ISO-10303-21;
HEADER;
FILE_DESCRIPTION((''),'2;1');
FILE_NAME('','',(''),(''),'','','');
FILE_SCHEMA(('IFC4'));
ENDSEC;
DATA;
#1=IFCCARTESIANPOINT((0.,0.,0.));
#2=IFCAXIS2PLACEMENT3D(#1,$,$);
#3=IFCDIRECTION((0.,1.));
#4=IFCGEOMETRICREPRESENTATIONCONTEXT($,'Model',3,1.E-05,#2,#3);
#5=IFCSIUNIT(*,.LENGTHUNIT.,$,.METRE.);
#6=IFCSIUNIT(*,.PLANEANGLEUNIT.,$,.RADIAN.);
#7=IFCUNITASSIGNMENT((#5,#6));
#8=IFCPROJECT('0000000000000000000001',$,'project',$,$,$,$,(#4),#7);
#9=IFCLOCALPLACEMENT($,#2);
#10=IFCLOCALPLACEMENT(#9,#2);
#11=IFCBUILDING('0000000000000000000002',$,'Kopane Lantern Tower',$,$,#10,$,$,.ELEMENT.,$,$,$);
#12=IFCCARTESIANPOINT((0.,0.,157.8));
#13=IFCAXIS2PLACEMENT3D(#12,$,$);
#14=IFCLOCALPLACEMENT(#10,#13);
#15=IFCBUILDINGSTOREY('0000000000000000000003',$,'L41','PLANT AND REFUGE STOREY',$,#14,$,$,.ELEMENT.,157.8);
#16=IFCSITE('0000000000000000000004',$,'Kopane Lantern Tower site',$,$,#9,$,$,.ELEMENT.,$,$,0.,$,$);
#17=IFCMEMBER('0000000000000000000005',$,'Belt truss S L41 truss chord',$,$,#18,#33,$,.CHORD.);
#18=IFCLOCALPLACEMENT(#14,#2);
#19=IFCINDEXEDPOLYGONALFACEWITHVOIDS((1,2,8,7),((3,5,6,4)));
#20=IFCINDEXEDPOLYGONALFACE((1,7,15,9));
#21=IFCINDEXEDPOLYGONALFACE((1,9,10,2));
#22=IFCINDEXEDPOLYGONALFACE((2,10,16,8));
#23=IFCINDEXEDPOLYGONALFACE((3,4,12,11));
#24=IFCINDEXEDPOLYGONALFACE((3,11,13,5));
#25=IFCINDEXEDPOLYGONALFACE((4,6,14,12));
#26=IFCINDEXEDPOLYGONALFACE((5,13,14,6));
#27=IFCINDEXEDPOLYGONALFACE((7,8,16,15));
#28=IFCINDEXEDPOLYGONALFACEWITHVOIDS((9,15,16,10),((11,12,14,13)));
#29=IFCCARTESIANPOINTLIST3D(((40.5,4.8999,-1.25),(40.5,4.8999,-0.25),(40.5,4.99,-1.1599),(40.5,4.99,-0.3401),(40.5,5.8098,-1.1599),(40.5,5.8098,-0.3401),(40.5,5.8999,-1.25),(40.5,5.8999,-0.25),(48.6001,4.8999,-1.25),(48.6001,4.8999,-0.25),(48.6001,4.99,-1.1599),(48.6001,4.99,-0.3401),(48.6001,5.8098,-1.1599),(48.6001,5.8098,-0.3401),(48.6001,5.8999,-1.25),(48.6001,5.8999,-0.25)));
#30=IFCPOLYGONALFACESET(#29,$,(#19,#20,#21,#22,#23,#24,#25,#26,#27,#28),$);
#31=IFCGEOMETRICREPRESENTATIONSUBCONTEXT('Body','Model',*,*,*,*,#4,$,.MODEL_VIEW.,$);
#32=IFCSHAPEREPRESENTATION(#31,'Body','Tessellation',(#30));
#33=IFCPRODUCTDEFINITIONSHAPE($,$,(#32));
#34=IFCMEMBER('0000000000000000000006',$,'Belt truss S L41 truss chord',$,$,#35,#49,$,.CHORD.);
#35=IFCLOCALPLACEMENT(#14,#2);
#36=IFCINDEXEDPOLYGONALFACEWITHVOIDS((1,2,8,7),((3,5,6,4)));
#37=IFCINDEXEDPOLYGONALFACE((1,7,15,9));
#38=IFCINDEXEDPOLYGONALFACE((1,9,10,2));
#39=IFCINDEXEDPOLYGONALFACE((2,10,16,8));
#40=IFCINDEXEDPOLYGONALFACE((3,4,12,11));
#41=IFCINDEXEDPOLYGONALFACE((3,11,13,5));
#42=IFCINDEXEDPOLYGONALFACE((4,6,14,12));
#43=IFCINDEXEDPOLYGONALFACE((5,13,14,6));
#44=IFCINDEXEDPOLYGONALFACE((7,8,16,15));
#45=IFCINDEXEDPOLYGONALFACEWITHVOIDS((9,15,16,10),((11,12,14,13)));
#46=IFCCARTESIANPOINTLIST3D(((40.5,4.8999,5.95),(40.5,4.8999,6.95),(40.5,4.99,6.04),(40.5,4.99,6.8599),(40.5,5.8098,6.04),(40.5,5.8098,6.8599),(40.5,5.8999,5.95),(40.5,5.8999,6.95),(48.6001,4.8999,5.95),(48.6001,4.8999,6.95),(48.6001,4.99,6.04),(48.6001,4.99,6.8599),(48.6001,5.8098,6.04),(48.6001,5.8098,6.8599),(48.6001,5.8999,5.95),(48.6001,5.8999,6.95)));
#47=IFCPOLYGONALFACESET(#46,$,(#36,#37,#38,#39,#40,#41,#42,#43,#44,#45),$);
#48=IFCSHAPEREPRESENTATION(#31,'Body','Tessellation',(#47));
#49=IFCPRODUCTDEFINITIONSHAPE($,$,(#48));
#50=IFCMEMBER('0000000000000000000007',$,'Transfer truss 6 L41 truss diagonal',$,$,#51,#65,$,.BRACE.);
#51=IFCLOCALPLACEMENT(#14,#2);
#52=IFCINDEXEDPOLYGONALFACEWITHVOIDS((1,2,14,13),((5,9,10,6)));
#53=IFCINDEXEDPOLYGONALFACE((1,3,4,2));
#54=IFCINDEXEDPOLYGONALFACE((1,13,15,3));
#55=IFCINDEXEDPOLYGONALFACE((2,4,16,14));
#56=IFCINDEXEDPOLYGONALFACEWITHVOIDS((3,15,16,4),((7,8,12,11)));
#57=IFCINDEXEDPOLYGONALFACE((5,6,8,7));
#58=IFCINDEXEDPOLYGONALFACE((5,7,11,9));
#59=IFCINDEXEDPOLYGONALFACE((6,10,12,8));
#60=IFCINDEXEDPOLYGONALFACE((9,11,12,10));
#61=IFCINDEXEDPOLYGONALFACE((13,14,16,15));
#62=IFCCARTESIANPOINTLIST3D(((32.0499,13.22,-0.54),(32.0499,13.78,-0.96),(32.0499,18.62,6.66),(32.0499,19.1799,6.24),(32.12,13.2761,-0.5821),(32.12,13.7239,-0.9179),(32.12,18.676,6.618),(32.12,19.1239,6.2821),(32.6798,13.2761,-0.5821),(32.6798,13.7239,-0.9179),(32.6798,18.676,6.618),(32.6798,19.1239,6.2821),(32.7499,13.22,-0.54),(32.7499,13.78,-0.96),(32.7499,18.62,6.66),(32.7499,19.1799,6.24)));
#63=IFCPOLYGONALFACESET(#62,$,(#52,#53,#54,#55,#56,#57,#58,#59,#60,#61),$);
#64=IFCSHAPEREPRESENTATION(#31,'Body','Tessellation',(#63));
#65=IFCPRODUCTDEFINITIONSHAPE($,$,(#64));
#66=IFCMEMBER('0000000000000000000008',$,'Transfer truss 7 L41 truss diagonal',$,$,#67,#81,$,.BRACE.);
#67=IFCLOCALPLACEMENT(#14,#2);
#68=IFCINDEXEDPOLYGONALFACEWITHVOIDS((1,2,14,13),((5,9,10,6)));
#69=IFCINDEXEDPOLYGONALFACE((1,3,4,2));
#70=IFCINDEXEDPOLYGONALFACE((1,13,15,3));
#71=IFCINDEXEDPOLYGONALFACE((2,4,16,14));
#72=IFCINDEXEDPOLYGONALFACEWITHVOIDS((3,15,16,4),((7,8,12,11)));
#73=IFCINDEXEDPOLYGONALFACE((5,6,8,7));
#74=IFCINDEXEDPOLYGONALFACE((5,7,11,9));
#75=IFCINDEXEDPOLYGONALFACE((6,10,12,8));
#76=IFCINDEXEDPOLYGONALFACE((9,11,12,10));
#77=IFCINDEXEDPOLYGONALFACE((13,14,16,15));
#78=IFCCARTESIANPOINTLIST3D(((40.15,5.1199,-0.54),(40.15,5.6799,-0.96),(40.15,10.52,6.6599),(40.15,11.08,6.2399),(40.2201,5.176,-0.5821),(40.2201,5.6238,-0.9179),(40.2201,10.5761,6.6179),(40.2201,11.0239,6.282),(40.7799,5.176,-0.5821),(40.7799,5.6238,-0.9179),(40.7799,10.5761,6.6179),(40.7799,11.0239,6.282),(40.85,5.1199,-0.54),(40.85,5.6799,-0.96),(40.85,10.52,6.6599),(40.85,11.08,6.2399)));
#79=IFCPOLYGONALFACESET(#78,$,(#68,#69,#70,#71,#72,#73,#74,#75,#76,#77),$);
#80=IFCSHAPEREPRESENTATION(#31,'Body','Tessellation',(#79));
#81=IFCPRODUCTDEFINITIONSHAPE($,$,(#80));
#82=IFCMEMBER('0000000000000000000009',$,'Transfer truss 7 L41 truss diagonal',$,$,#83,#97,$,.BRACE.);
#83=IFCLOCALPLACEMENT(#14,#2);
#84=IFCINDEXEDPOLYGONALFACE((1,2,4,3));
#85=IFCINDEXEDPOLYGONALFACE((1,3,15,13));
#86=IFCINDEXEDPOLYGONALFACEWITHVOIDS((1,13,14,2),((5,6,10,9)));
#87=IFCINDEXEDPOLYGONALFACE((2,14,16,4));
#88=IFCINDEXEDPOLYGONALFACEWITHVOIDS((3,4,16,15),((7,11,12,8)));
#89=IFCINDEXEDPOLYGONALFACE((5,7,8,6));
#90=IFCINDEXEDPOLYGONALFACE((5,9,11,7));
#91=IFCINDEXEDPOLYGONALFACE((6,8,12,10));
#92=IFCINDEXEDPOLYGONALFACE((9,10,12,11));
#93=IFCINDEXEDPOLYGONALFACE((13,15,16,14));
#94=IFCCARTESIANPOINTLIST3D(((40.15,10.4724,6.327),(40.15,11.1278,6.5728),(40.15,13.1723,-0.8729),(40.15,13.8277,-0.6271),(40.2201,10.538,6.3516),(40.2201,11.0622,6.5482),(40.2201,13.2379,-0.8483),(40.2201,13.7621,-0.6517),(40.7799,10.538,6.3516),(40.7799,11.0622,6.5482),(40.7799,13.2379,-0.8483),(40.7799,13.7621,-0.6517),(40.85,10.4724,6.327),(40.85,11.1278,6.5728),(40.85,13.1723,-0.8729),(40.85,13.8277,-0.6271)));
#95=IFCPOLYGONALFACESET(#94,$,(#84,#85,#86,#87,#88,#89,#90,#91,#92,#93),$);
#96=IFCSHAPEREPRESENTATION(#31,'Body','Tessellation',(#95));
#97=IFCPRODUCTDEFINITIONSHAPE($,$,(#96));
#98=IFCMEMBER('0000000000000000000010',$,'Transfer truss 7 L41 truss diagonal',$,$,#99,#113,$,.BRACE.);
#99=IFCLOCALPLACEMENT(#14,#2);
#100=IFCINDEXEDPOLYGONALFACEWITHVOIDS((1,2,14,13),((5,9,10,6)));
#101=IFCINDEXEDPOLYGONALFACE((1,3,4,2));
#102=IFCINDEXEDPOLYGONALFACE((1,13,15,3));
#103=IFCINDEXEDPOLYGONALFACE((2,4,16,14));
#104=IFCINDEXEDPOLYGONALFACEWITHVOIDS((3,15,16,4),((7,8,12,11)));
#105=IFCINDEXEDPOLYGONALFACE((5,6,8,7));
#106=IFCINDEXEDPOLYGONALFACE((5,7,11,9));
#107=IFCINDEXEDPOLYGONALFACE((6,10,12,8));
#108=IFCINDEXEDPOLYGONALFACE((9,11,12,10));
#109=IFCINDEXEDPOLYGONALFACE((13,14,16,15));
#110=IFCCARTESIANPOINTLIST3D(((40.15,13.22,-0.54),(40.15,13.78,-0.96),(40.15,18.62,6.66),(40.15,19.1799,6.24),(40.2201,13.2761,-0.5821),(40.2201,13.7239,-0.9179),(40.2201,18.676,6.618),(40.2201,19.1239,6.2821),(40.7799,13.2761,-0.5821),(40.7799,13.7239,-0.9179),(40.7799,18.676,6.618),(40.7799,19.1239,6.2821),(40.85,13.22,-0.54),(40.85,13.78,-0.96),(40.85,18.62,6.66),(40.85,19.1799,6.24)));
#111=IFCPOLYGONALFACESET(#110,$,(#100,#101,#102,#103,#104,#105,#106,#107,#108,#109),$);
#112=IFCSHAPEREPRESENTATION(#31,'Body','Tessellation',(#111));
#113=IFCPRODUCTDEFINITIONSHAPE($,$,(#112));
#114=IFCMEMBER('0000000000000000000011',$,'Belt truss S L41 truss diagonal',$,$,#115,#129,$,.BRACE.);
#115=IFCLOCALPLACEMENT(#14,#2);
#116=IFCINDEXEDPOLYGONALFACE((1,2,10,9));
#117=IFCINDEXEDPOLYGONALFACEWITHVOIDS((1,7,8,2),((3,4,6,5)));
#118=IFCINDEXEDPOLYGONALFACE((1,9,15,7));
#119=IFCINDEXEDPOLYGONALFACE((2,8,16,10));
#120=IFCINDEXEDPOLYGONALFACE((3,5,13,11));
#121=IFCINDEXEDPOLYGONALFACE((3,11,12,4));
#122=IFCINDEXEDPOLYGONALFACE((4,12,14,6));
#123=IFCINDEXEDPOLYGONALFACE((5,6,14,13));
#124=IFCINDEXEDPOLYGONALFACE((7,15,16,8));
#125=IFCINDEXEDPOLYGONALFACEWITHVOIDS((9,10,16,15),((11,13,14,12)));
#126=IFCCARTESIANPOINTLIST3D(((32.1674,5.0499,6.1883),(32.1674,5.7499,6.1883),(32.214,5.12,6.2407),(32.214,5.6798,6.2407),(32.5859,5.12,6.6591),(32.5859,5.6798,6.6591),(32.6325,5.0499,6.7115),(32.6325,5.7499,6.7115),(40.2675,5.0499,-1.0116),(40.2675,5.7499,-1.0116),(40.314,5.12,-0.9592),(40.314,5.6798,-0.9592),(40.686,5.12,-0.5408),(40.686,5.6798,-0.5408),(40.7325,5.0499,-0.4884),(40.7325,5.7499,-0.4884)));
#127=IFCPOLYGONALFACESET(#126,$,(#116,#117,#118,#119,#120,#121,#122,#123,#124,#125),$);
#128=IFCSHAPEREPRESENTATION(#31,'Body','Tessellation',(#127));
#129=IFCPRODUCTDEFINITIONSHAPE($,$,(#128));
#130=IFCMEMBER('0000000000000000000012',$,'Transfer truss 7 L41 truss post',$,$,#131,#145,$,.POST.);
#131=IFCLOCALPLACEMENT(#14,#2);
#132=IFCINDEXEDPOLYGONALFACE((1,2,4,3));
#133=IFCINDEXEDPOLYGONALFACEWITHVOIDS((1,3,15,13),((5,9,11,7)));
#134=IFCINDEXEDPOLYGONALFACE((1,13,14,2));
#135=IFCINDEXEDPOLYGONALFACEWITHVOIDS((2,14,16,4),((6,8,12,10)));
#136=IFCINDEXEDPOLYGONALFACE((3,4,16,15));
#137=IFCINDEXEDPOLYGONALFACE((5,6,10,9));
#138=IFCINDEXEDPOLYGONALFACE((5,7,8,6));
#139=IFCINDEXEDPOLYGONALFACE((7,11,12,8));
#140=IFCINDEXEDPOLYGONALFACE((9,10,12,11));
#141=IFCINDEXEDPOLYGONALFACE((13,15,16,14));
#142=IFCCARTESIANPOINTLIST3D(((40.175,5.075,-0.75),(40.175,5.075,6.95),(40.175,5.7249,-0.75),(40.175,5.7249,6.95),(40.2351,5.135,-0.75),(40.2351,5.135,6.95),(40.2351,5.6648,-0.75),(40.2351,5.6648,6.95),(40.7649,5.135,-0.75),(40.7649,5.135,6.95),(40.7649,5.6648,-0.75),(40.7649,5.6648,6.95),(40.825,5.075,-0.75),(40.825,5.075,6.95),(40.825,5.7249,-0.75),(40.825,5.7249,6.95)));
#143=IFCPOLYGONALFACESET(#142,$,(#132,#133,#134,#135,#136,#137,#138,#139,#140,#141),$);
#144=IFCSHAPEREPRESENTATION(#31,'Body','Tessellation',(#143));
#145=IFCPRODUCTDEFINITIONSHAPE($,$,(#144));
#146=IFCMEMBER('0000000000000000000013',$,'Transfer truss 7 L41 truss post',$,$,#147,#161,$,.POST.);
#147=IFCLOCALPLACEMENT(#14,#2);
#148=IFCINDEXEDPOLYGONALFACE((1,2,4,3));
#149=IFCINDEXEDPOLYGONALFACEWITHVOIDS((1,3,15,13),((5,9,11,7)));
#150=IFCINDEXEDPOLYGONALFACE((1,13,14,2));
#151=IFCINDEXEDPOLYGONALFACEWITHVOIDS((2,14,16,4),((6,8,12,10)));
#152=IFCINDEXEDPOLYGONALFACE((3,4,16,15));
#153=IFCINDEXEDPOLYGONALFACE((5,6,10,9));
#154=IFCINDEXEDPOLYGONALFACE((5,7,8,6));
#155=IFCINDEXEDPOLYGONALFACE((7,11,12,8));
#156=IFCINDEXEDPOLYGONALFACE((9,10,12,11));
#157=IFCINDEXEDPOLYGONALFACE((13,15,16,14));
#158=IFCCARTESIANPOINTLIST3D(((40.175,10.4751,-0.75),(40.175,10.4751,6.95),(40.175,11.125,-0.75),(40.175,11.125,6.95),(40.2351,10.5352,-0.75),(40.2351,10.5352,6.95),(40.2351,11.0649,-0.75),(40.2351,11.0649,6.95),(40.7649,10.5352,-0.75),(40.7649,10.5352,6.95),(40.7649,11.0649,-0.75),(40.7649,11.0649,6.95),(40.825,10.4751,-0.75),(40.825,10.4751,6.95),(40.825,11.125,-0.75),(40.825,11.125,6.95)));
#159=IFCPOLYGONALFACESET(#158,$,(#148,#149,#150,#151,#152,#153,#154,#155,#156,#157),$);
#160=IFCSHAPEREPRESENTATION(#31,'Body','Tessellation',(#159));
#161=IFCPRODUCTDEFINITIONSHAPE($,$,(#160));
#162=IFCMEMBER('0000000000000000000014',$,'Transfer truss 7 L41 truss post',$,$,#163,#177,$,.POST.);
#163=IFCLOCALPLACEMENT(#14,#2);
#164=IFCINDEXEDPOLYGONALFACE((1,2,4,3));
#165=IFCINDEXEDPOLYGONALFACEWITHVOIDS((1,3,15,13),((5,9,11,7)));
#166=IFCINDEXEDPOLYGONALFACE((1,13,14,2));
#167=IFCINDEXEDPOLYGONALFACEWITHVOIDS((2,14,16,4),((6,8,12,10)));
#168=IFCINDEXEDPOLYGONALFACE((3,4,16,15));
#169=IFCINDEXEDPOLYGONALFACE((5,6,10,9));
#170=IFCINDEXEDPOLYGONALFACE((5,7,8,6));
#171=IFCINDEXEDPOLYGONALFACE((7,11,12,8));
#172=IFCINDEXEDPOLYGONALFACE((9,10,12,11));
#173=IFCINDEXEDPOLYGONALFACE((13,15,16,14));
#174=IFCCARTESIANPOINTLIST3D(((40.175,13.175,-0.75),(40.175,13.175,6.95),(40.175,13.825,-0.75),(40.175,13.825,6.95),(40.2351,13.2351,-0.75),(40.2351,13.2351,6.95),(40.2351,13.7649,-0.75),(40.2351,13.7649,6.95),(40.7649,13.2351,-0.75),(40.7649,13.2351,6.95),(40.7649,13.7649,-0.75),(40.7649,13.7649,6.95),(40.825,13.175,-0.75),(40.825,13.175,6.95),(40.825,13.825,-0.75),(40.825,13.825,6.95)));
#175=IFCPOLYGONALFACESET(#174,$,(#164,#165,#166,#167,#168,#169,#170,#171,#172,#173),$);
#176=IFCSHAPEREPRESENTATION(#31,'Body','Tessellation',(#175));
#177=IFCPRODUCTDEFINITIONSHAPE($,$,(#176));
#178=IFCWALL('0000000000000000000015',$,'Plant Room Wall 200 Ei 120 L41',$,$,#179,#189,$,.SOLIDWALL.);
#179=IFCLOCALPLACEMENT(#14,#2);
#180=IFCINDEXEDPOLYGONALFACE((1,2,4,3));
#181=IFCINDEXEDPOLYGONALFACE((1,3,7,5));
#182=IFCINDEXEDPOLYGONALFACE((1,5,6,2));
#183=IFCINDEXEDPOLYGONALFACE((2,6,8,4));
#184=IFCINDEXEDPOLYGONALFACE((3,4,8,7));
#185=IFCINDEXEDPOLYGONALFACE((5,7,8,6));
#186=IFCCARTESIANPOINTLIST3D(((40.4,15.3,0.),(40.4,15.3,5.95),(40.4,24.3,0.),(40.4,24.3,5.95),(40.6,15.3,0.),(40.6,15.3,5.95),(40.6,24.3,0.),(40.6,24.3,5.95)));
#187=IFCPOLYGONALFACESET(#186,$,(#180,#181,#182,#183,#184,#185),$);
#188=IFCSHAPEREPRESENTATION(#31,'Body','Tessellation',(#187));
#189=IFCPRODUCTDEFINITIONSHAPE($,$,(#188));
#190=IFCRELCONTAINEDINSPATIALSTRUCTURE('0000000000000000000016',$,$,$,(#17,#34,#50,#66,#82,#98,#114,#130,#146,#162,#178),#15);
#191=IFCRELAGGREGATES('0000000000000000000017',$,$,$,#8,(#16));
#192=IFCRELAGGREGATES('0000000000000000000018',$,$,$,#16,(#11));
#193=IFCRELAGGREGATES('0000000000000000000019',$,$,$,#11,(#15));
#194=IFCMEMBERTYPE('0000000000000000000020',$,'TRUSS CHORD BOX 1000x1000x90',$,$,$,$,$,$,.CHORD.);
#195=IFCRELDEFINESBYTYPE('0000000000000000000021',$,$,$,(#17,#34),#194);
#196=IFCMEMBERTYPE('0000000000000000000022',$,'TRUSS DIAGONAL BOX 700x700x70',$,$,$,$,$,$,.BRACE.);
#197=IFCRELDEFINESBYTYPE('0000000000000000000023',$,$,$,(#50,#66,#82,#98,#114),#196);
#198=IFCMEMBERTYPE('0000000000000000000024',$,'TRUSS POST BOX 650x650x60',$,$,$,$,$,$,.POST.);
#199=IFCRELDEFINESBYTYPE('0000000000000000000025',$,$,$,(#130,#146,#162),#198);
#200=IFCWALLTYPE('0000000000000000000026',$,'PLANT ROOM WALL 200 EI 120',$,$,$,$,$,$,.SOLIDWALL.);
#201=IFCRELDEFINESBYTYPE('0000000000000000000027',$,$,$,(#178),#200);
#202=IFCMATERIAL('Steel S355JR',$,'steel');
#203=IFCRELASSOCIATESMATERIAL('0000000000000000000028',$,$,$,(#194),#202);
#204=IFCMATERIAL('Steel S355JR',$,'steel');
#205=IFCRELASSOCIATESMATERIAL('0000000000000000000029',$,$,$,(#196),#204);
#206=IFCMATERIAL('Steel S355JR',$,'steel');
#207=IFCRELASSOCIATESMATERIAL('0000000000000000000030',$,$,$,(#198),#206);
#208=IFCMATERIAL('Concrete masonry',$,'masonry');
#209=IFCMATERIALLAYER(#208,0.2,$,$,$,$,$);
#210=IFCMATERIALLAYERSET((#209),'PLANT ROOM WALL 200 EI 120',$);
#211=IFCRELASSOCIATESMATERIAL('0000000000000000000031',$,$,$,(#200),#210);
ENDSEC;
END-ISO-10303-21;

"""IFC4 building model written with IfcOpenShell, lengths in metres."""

from ifc_helpers import new_model, si_unit, direction, frame, frame_2d, origin, origin_2d, place, context, subcontext, project, spatial, rectangle, hollow_rectangle, extrude, material, layer, layer_set, material_profile, profile_set, type_object, element, save


model = new_model("IFC4")

# Units and contexts
model_context = context("Model", 3, precision=1e-05, world=origin(), true_north=direction((0.0, 1.0)))
body_context = subcontext(model_context, "Body", "Model", "MODEL_VIEW")
ifc_project = project(units=[si_unit("LENGTHUNIT", "METRE"), si_unit("PLANEANGLEUNIT", "RADIAN")], contexts=[model_context])

# Site, building, storey
site_placement = place(None, origin())
site = spatial("IfcSite", under=ifc_project, at=site_placement, Name="Kopane Lantern Tower site", CompositionType="ELEMENT", RefElevation=0.0)
building_placement = place(site_placement, origin())
building = spatial("IfcBuilding", under=site, at=building_placement, Name="Kopane Lantern Tower", CompositionType="ELEMENT")
storey_placement = place(building_placement, frame((0.0, 0.0, 157.8)))
storey = spatial("IfcBuildingStorey", under=building, at=storey_placement, Name="L41", Description="PLANT AND REFUGE STOREY", CompositionType="ELEMENT", Elevation=157.8)

# Members
ifc_material_1 = material(Name="Steel S355JR", Category="steel")
ifc_material_profile_1 = material_profile(ifc_material_1, hollow_rectangle(XDim=1.0, YDim=1.0, WallThickness=0.0901, at=origin_2d()), Name="BOX 1000x1000x90")
ifc_profile_set_1 = profile_set([ifc_material_profile_1], Name="Steel S355JR")
member_type_1 = type_object("IfcMemberType", Name="TRUSS CHORD BOX 1000x1000x90", PredefinedType="CHORD", material=ifc_profile_set_1)
for number, where, z_axis, x_axis, name in (
    (1, (40.5, 5.3999, -0.75), (1.0, 0.0, 0.0), (0.0, 1.0, 0.0), "Belt truss S L41 truss chord"),
    (2, (40.5, 5.3999, 6.45), (1.0, 0.0, 0.0), (0.0, 1.0, 0.0), "Belt truss S L41 truss chord"),
):
    element("IfcMember", number, at=place(storey_placement, frame(where, z_axis=z_axis, x_axis=x_axis)), inside=storey, type_object=member_type_1, Name=name, PredefinedType="CHORD", context=body_context, shape_type="SweptSolid", body=[
        extrude(hollow_rectangle(XDim=1.0, YDim=1.0, WallThickness=0.0901, at=origin_2d()), origin(), (0.0, 0.0, 1.0), 8.1001),
    ])
ifc_material_2 = material(Name="Steel S355JR", Category="steel")
ifc_material_profile_2 = material_profile(ifc_material_2, hollow_rectangle(XDim=0.7, YDim=0.7, WallThickness=0.0701, at=origin_2d()), Name="BOX 700x700x70")
ifc_profile_set_2 = profile_set([ifc_material_profile_2], Name="Steel S355JR")
member_type_2 = type_object("IfcMemberType", Name="TRUSS DIAGONAL BOX 700x700x70", PredefinedType="BRACE", material=ifc_profile_set_2)
for number, where, z_axis, x_axis, name in (
    (3, (32.3999, 13.5, -0.75), (0.0, 0.599996, 0.800003), (-1.0, 0.0, 0.0), "Transfer truss 6 L41 truss diagonal"),
    (4, (40.5, 5.3999, -0.75), (0.0, 0.600013, 0.79999), (-1.0, 0.0, 0.0), "Transfer truss 7 L41 truss diagonal"),
):
    element("IfcMember", number, at=place(storey_placement, frame(where, z_axis=z_axis, x_axis=x_axis)), inside=storey, type_object=member_type_2, Name=name, PredefinedType="BRACE", context=body_context, shape_type="SweptSolid", body=[
        extrude(hollow_rectangle(XDim=0.7, YDim=0.7, WallThickness=0.0701, at=origin_2d()), origin(), (0.0, 0.0, 1.0), 9.0),
    ])
member_1_placement = place(storey_placement, frame((40.5, 13.5, -0.75), z_axis=(0.0, -0.35112, 0.93633), x_axis=(1.0, 0.0, 0.0)))
element("IfcMember", 5, at=member_1_placement, inside=storey, type_object=member_type_2, Name="Transfer truss 7 L41 truss diagonal", PredefinedType="BRACE", context=body_context, shape_type="SweptSolid", body=[
    extrude(hollow_rectangle(XDim=0.7, YDim=0.7, WallThickness=0.0701, at=origin_2d()), origin(), (0.0, 0.0, 1.0), 7.6895),
])
member_2_placement = place(storey_placement, frame((40.5, 13.5, -0.75), z_axis=(0.0, 0.599996, 0.800003), x_axis=(-1.0, 0.0, 0.0)))
element("IfcMember", 6, at=member_2_placement, inside=storey, type_object=member_type_2, Name="Transfer truss 7 L41 truss diagonal", PredefinedType="BRACE", context=body_context, shape_type="SweptSolid", body=[
    extrude(hollow_rectangle(XDim=0.7, YDim=0.7, WallThickness=0.0701, at=origin_2d()), origin(), (0.0, 0.0, 1.0), 9.0),
])
member_3_placement = place(storey_placement, frame((40.5, 5.3999, -0.75), z_axis=(-0.747416, 0.0, 0.664357), x_axis=(0.0, -1.0, 0.0)))
element("IfcMember", 7, at=member_3_placement, inside=storey, type_object=member_type_2, Name="Belt truss S L41 truss diagonal", PredefinedType="BRACE", context=body_context, shape_type="SweptSolid", body=[
    extrude(hollow_rectangle(XDim=0.7, YDim=0.7, WallThickness=0.0701, at=origin_2d()), origin(), (0.0, 0.0, 1.0), 10.8374),
])
ifc_material_3 = material(Name="Steel S355JR", Category="steel")
ifc_material_profile_3 = material_profile(ifc_material_3, hollow_rectangle(XDim=0.6499, YDim=0.6499, WallThickness=0.0601, at=origin_2d()), Name="BOX 650x650x60")
ifc_profile_set_3 = profile_set([ifc_material_profile_3], Name="Steel S355JR")
member_type_3 = type_object("IfcMemberType", Name="TRUSS POST BOX 650x650x60", PredefinedType="POST", material=ifc_profile_set_3)
for number, where, z_axis, x_axis, name in (
    (8, (40.5, 5.3999, -0.75), (0.0, 0.0, 1.0), (1.0, 0.0, 0.0), "Transfer truss 7 L41 truss post"),
    (9, (40.5, 10.8, -0.75), (0.0, 0.0, 1.0), (1.0, 0.0, 0.0), "Transfer truss 7 L41 truss post"),
    (10, (40.5, 13.5, -0.75), (0.0, 0.0, 1.0), (1.0, 0.0, 0.0), "Transfer truss 7 L41 truss post"),
):
    element("IfcMember", number, at=place(storey_placement, frame(where, z_axis=z_axis, x_axis=x_axis)), inside=storey, type_object=member_type_3, Name=name, PredefinedType="POST", context=body_context, shape_type="SweptSolid", body=[
        extrude(hollow_rectangle(XDim=0.6499, YDim=0.6499, WallThickness=0.0601, at=origin_2d()), origin(), (0.0, 0.0, 1.0), 7.7),
    ])

# Wall
ifc_material_4 = material(Name="Concrete masonry", Category="masonry")
ifc_layer = layer(ifc_material_4, 0.2)
ifc_layer_set = layer_set([ifc_layer], Name="PLANT ROOM WALL 200 EI 120")
wall_type = type_object("IfcWallType", Name="PLANT ROOM WALL 200 EI 120", PredefinedType="SOLIDWALL", material=ifc_layer_set)
wall_placement = place(storey_placement, frame((40.5, 15.3, 0.0), z_axis=(0.0, 0.0, 1.0), x_axis=(0.0, 1.0, 0.0)))
element("IfcWall", 11, at=wall_placement, inside=storey, type_object=wall_type, Name="Plant Room Wall 200 Ei 120 L41", PredefinedType="SOLIDWALL", context=body_context, shape_type="SweptSolid", body=[
    extrude(rectangle(XDim=9.0, YDim=0.2, at=frame_2d((4.5, 0.0))), origin(), (0.0, 0.0, 1.0), 5.95),
])

save(model, "model.ifc")
